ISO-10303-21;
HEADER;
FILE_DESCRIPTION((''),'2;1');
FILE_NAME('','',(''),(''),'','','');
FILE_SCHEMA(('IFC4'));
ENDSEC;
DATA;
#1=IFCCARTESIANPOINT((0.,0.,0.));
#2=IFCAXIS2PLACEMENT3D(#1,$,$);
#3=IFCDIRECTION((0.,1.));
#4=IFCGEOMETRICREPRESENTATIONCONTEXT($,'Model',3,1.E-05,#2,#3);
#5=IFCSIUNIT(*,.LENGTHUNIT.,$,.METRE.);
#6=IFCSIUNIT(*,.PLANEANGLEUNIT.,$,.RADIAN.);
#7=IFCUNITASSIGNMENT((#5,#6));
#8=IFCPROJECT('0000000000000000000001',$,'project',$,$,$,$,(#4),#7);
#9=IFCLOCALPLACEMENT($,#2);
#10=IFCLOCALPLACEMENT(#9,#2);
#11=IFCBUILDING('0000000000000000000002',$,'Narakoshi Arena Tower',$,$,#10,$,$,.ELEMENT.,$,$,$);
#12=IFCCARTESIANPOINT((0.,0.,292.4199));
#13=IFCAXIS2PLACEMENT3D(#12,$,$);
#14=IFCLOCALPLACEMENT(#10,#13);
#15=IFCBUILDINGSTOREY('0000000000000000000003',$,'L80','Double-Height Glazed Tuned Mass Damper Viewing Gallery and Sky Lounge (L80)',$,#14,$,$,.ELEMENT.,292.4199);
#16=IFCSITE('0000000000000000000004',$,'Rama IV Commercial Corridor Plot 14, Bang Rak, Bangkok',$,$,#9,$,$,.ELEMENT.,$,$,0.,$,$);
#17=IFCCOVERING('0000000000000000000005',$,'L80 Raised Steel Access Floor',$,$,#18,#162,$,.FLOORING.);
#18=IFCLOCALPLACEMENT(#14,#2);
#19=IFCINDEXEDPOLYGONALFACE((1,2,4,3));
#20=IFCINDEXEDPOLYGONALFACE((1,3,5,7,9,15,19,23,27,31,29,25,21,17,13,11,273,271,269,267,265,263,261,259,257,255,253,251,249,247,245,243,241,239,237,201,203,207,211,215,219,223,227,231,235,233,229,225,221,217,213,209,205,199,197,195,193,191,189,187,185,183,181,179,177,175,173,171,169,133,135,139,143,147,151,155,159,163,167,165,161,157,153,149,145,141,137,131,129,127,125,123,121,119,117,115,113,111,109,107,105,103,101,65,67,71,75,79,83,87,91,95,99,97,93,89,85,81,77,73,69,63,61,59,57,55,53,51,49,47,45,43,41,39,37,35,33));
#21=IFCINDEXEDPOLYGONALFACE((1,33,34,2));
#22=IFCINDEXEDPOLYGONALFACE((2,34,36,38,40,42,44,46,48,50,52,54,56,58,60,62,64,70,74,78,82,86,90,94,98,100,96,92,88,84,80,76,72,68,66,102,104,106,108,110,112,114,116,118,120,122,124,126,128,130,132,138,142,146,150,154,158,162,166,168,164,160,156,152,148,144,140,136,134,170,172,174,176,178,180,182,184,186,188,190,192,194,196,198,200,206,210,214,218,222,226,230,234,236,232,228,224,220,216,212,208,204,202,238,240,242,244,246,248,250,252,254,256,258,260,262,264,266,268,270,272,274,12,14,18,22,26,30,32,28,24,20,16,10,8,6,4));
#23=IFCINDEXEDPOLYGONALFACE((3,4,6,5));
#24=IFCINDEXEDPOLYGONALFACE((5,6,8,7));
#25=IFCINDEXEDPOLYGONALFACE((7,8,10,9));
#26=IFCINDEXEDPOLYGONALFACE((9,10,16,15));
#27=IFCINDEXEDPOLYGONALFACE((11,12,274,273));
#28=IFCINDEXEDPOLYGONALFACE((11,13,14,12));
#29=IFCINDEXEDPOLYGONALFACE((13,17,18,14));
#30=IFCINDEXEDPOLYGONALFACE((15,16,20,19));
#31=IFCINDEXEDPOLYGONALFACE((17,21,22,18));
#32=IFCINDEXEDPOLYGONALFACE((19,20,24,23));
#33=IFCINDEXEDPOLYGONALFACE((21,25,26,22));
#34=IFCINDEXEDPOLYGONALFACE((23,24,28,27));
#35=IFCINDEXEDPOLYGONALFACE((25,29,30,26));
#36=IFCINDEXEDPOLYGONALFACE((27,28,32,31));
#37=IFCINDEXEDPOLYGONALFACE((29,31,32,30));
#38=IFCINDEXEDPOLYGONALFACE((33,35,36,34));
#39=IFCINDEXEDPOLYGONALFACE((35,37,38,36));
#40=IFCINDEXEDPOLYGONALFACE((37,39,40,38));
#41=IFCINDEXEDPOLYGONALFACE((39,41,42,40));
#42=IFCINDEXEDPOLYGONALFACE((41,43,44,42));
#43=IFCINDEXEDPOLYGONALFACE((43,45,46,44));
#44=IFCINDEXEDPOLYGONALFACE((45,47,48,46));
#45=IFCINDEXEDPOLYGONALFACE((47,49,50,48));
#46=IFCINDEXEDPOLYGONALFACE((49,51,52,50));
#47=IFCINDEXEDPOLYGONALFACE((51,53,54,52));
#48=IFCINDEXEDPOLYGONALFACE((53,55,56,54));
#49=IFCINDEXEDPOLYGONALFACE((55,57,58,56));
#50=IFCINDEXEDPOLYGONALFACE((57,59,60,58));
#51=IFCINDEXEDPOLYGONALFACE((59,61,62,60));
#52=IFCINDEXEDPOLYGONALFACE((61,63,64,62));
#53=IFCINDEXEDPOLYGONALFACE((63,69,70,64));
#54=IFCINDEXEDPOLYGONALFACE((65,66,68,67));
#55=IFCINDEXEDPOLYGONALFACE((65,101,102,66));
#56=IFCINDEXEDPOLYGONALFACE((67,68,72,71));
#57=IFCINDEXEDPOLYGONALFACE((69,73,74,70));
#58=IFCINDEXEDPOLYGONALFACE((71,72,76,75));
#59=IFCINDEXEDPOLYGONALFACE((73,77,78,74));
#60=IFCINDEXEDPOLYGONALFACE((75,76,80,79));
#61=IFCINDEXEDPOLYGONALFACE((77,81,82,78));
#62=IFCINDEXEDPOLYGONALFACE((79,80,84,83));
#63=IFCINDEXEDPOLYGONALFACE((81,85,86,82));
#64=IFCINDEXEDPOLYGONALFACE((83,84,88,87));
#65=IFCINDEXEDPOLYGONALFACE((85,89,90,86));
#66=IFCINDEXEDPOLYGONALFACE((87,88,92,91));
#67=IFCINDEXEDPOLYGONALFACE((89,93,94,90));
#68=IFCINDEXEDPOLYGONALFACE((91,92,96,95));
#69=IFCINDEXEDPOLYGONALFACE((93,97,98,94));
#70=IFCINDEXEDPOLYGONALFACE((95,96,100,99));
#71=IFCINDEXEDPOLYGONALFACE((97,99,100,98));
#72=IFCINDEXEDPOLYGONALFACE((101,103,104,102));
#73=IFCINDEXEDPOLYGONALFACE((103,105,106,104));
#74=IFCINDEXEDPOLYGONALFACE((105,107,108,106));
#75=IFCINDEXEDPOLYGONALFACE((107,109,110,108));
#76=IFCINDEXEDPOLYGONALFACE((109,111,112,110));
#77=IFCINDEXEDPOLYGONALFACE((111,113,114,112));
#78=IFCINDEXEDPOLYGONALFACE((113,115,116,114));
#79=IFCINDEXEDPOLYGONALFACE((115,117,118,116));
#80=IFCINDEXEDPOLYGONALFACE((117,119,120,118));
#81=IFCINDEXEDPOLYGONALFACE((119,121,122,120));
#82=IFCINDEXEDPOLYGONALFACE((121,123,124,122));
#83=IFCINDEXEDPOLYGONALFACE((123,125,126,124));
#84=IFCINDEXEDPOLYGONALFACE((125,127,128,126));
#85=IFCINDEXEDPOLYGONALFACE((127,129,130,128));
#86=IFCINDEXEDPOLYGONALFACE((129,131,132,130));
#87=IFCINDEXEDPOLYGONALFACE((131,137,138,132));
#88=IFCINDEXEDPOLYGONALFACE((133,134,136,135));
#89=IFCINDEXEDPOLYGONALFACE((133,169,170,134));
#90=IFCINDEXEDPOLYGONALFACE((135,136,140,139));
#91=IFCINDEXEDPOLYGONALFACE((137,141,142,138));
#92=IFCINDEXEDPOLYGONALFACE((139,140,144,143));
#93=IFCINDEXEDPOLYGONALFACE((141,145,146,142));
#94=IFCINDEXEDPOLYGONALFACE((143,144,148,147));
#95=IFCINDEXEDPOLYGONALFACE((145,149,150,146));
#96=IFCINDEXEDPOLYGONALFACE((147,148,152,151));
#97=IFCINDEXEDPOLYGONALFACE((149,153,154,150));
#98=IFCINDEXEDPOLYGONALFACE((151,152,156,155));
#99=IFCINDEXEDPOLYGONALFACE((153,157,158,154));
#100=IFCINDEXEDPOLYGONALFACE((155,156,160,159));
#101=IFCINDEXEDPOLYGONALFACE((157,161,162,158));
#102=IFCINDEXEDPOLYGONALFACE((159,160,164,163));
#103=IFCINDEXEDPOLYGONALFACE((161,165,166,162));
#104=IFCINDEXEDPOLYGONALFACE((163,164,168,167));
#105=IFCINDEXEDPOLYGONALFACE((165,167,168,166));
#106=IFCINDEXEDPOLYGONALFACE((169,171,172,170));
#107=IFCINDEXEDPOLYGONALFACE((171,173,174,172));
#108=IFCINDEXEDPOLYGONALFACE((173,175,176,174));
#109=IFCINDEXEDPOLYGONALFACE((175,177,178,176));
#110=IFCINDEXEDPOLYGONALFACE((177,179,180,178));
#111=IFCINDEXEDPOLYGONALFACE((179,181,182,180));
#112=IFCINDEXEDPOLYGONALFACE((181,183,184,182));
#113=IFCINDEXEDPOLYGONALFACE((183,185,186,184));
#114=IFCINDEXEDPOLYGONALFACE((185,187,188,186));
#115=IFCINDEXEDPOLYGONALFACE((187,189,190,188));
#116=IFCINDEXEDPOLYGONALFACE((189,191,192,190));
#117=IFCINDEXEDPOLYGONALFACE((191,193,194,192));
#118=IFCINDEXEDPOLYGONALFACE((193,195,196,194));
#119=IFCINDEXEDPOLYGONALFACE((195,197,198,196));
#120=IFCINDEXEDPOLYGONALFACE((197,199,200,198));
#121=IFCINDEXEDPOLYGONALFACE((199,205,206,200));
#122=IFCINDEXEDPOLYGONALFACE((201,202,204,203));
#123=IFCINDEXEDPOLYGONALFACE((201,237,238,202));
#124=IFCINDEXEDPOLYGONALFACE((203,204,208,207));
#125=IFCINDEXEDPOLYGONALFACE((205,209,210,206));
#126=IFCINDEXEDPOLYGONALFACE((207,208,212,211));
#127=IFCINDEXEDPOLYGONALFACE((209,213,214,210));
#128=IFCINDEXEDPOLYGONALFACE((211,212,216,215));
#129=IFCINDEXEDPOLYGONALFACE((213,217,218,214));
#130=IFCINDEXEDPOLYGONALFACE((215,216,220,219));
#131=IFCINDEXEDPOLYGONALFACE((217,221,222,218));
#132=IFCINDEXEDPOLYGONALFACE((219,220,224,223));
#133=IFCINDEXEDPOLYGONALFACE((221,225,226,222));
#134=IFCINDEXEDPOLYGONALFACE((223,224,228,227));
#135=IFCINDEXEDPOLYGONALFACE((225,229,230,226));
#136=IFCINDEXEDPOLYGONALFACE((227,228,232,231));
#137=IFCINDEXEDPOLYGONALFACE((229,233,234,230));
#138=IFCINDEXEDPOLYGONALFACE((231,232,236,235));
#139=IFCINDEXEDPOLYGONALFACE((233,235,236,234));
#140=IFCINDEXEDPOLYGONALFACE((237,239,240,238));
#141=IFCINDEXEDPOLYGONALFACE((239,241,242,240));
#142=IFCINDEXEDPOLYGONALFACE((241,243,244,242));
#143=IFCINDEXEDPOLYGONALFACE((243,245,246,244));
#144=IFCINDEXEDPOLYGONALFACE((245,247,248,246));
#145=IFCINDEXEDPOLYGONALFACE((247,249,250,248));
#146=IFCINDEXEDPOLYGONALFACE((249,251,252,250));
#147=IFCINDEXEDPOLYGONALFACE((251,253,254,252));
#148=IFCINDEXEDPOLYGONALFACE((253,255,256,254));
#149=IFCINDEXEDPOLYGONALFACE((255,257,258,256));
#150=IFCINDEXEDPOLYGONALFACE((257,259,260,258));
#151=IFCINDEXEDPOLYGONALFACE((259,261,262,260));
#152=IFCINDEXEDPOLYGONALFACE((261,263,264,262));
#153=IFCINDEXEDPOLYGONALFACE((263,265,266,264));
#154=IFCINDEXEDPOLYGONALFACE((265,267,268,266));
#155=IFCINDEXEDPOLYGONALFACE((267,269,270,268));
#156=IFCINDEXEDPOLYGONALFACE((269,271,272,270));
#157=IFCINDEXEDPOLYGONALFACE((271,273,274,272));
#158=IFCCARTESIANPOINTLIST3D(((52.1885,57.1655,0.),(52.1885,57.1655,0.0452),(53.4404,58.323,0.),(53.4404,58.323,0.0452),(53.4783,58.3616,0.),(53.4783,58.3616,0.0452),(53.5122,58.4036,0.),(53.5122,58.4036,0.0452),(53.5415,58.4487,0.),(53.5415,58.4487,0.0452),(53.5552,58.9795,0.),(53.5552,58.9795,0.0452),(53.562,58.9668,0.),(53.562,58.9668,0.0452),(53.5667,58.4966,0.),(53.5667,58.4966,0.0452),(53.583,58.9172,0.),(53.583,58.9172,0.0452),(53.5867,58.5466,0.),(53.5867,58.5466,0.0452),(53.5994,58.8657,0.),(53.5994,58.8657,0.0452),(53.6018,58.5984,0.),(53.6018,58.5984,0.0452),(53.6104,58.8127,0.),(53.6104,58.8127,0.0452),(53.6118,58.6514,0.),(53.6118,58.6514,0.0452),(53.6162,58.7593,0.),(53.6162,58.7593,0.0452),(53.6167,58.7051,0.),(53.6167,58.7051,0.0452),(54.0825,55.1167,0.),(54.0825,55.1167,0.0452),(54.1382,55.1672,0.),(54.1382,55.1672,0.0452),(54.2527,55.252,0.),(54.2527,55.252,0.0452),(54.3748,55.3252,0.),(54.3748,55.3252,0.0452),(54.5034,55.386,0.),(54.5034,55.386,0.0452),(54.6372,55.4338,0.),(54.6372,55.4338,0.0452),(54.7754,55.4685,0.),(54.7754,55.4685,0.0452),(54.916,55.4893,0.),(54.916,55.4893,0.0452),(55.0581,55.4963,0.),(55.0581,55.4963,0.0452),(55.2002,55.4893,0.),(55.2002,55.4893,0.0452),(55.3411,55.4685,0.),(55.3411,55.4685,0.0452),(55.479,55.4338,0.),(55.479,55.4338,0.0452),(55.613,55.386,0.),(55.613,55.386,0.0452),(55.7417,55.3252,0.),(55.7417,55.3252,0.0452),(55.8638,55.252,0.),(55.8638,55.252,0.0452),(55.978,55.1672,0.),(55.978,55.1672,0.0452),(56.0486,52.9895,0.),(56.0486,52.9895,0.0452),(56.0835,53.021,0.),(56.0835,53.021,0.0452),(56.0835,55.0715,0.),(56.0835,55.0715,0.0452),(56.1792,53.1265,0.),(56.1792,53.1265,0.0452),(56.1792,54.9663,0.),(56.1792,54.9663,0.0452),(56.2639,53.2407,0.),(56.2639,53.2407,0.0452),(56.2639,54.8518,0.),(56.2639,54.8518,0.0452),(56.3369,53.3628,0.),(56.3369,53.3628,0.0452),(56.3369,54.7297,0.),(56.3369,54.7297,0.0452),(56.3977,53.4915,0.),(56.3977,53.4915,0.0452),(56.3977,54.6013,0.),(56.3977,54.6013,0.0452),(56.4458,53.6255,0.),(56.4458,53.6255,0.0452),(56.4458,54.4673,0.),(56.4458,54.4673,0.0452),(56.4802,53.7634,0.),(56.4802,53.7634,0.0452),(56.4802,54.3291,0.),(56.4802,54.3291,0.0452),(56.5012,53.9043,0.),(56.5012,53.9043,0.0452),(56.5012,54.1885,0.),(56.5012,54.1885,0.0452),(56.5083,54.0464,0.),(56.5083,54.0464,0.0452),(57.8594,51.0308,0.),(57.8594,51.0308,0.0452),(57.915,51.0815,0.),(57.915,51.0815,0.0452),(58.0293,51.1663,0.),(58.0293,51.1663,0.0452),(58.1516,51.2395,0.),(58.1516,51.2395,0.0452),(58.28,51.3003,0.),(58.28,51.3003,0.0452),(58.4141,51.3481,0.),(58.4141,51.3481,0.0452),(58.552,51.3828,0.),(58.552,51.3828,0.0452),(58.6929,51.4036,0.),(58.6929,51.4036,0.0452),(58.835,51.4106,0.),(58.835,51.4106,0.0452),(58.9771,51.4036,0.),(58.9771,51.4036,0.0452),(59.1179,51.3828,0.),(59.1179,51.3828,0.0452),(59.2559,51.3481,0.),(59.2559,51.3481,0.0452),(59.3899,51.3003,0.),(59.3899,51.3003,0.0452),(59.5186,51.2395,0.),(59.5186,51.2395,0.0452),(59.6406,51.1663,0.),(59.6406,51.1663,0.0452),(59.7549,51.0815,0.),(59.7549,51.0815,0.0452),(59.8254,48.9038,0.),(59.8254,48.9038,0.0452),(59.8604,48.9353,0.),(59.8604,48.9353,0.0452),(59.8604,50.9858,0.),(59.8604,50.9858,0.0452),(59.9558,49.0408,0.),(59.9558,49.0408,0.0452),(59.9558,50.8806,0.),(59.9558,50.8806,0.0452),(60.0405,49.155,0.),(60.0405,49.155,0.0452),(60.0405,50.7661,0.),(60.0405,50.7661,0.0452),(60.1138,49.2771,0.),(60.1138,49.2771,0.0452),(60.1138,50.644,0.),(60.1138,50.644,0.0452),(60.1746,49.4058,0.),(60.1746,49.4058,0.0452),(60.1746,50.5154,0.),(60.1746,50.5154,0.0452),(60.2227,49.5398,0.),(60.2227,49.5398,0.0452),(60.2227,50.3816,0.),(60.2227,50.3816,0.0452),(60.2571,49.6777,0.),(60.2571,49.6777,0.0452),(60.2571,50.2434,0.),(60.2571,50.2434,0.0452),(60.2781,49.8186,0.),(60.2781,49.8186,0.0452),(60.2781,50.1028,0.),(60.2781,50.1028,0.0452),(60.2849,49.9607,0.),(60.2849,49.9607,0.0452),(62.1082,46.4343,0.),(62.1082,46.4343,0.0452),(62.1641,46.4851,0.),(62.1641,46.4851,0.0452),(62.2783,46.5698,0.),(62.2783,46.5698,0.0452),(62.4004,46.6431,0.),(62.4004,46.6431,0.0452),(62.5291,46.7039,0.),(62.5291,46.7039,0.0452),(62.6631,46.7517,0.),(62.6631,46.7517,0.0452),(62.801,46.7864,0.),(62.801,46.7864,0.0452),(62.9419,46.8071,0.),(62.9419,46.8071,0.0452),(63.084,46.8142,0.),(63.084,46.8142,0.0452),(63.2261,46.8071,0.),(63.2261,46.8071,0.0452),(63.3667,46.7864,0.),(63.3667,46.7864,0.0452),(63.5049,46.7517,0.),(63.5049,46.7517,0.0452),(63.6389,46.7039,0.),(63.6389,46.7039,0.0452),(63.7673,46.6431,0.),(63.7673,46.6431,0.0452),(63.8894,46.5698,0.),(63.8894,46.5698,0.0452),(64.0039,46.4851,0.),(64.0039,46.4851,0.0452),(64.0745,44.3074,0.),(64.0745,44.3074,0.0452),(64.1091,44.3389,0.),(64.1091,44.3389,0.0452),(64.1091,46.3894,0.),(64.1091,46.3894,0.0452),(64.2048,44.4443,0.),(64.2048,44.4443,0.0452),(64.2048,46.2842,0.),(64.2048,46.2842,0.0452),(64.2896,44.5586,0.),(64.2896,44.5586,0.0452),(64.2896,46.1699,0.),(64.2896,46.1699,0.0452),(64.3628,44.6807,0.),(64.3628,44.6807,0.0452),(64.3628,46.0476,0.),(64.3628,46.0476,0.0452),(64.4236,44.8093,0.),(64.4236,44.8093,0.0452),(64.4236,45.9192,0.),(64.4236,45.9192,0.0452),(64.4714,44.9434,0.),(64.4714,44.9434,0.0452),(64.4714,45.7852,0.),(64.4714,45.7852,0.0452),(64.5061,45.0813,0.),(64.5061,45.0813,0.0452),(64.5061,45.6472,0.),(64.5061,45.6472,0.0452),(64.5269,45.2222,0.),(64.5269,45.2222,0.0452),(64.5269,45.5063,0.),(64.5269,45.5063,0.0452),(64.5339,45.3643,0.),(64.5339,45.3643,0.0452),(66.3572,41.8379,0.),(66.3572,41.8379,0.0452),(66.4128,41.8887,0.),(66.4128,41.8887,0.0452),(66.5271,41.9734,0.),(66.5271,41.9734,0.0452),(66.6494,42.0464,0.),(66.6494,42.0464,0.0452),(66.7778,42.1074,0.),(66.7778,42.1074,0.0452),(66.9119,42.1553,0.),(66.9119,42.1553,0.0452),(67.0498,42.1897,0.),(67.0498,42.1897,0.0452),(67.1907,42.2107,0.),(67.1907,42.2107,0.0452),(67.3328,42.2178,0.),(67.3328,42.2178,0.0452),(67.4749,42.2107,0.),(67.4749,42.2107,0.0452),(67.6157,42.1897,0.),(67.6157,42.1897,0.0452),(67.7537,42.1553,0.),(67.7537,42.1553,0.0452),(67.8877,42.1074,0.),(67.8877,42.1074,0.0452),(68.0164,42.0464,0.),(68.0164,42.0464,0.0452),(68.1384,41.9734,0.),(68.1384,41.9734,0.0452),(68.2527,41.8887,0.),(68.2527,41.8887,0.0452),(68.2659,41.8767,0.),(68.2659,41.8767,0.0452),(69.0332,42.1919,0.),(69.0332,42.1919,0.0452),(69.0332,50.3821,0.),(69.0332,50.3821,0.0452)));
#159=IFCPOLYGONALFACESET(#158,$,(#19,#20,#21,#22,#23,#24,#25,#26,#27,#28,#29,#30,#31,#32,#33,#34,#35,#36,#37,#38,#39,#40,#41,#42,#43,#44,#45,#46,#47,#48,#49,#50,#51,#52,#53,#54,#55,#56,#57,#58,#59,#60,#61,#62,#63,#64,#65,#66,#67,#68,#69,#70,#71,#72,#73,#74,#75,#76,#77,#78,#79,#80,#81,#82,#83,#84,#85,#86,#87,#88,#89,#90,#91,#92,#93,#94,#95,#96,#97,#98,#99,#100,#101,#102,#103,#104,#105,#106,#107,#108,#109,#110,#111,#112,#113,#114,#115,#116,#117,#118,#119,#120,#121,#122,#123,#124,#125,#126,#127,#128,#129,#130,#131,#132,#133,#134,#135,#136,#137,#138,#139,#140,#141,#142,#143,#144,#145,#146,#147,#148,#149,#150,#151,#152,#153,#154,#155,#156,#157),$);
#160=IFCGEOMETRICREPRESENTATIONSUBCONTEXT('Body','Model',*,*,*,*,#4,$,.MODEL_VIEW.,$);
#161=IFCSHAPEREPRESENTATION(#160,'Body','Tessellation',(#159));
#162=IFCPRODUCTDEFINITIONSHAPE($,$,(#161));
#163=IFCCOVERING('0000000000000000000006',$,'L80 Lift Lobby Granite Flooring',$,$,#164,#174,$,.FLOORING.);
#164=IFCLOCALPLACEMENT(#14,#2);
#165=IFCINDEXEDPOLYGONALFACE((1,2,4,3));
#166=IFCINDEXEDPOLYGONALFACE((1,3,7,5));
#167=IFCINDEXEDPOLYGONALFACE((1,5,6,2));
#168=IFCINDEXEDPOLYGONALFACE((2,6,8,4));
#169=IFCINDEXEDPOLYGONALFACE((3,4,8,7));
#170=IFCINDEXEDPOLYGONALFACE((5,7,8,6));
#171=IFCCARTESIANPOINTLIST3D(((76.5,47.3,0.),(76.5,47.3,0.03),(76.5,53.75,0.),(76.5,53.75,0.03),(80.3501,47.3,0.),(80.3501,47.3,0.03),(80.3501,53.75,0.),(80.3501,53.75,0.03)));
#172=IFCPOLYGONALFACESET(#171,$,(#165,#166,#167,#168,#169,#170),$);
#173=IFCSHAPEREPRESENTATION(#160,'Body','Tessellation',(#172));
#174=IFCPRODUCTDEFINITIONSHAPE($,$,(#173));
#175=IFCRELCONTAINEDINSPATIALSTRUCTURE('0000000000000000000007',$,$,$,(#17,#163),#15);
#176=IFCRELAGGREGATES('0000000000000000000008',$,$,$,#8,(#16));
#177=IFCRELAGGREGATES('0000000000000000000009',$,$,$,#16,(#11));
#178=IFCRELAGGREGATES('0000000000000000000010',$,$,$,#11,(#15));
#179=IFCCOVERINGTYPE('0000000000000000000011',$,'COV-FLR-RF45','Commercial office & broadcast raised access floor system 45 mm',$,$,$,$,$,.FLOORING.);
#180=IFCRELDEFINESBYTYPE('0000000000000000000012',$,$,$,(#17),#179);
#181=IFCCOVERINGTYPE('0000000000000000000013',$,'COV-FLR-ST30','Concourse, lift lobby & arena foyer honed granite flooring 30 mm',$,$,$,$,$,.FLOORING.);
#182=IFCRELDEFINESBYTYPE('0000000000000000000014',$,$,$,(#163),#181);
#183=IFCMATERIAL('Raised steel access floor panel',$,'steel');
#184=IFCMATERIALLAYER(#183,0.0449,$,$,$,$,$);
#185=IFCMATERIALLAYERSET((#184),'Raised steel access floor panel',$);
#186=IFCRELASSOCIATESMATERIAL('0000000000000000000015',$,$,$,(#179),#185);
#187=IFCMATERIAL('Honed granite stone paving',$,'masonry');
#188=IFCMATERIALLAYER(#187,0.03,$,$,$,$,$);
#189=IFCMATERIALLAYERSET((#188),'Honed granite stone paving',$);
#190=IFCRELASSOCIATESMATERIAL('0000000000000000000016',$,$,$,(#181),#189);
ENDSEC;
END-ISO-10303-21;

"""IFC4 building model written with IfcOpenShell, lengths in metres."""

from ifc_helpers import new_model, si_unit, direction, frame, origin, place, context, subcontext, project, spatial, polyline, outline, extrude, material, layer, layer_set, type_object, element, save


model = new_model("IFC4")

# Units and contexts
model_context = context("Model", 3, precision=1e-05, world=origin(), true_north=direction((0.0, 1.0)))
body_context = subcontext(model_context, "Body", "Model", "MODEL_VIEW")
ifc_project = project(units=[si_unit("LENGTHUNIT", "METRE"), si_unit("PLANEANGLEUNIT", "RADIAN")], contexts=[model_context])

# Site, building, storey
site_placement = place(None, origin())
site = spatial("IfcSite", under=ifc_project, at=site_placement, Name="Rama IV Commercial Corridor Plot 14, Bang Rak, Bangkok", CompositionType="ELEMENT", RefElevation=0.0)
building_placement = place(site_placement, origin())
building = spatial("IfcBuilding", under=site, at=building_placement, Name="Narakoshi Arena Tower", CompositionType="ELEMENT")
storey_placement = place(building_placement, frame((0.0, 0.0, 292.4199)))
storey = spatial("IfcBuildingStorey", under=building, at=storey_placement, Name="L80", Description="Double-Height Glazed Tuned Mass Damper Viewing Gallery and Sky Lounge (L80)", CompositionType="ELEMENT", Elevation=292.4199)

# Coverings
ifc_material_1 = material(Name="Raised steel access floor panel", Category="steel")
ifc_layer_1 = layer(ifc_material_1, 0.0449)
ifc_layer_set_1 = layer_set([ifc_layer_1], Name="Raised steel access floor panel")
covering_type_1 = type_object("IfcCoveringType", Name="COV-FLR-RF45", Description="Commercial office & broadcast raised access floor system 45 mm", PredefinedType="FLOORING", material=ifc_layer_set_1)
covering_1_placement = place(storey_placement, origin())
element("IfcCovering", 1, at=covering_1_placement, inside=storey, type_object=covering_type_1, Name="L80 Raised Steel Access Floor", PredefinedType="FLOORING", context=body_context, shape_type="SweptSolid", body=[
    extrude(outline(polyline([(69.0332, 50.3821), (69.0332, 42.1919), (68.2659, 41.8767), (68.2527, 41.8887), (68.1384, 41.9734), (68.0164, 42.0464), (67.8877, 42.1074), (67.7537, 42.1553), (67.6157, 42.1897), (67.4749, 42.2107), (67.3328, 42.2178), (67.1907, 42.2107), (67.0498, 42.1897), (66.9119, 42.1553), (66.7778, 42.1074), (66.6494, 42.0464), (66.5271, 41.9734), (66.4128, 41.8887), (66.3572, 41.8379), (64.0745, 44.3074), (64.1091, 44.3389), (64.2048, 44.4443), (64.2896, 44.5586), (64.3628, 44.6807), (64.4236, 44.8093), (64.4714, 44.9434), (64.5061, 45.0813), (64.5269, 45.2222), (64.5339, 45.3643), (64.5269, 45.5063), (64.5061, 45.6472), (64.4714, 45.7852), (64.4236, 45.9192), (64.3628, 46.0476), (64.2896, 46.1699), (64.2048, 46.2842), (64.1091, 46.3894), (64.0039, 46.4851), (63.8894, 46.5698), (63.7673, 46.6431), (63.6389, 46.7039), (63.5049, 46.7517), (63.3667, 46.7864), (63.2261, 46.8071), (63.084, 46.8142), (62.9419, 46.8071), (62.801, 46.7864), (62.6631, 46.7517), (62.5291, 46.7039), (62.4004, 46.6431), (62.2783, 46.5698), (62.1641, 46.4851), (62.1082, 46.4343), (59.8254, 48.9038), (59.8604, 48.9353), (59.9558, 49.0408), (60.0405, 49.155), (60.1138, 49.2771), (60.1746, 49.4058), (60.2227, 49.5398), (60.2571, 49.6777), (60.2781, 49.8186), (60.2849, 49.9607), (60.2781, 50.1028), (60.2571, 50.2434), (60.2227, 50.3816), (60.1746, 50.5154), (60.1138, 50.644), (60.0405, 50.7661), (59.9558, 50.8806), (59.8604, 50.9858), (59.7549, 51.0815), (59.6406, 51.1663), (59.5186, 51.2395), (59.3899, 51.3003), (59.2559, 51.3481), (59.1179, 51.3828), (58.9771, 51.4036), (58.835, 51.4106), (58.6929, 51.4036), (58.552, 51.3828), (58.4141, 51.3481), (58.28, 51.3003), (58.1516, 51.2395), (58.0293, 51.1663), (57.915, 51.0815), (57.8594, 51.0308), (56.0486, 52.9895), (56.0835, 53.021), (56.1792, 53.1265), (56.2639, 53.2407), (56.3369, 53.3628), (56.3977, 53.4915), (56.4458, 53.6255), (56.4802, 53.7634), (56.5012, 53.9043), (56.5083, 54.0464), (56.5012, 54.1885), (56.4802, 54.3291), (56.4458, 54.4673), (56.3977, 54.6013), (56.3369, 54.7297), (56.2639, 54.8518), (56.1792, 54.9663), (56.0835, 55.0715), (55.978, 55.1672), (55.8638, 55.252), (55.7417, 55.3252), (55.613, 55.386), (55.479, 55.4338), (55.3411, 55.4685), (55.2002, 55.4893), (55.0581, 55.4963), (54.916, 55.4893), (54.7754, 55.4685), (54.6372, 55.4338), (54.5034, 55.386), (54.3748, 55.3252), (54.2527, 55.252), (54.1382, 55.1672), (54.0825, 55.1167), (52.1885, 57.1655), (53.4404, 58.323), (53.4783, 58.3616), (53.5122, 58.4036), (53.5415, 58.4487), (53.5667, 58.4966), (53.5867, 58.5466), (53.6018, 58.5984), (53.6118, 58.6514), (53.6167, 58.7051), (53.6162, 58.7593), (53.6104, 58.8127), (53.5994, 58.8657), (53.583, 58.9172), (53.562, 58.9668), (53.5552, 58.9795), (69.0332, 50.3821)])), origin(), (0.0, 0.0, 1.0), 0.0452),
])
ifc_material_2 = material(Name="Honed granite stone paving", Category="masonry")
ifc_layer_2 = layer(ifc_material_2, 0.03)
ifc_layer_set_2 = layer_set([ifc_layer_2], Name="Honed granite stone paving")
covering_type_2 = type_object("IfcCoveringType", Name="COV-FLR-ST30", Description="Concourse, lift lobby & arena foyer honed granite flooring 30 mm", PredefinedType="FLOORING", material=ifc_layer_set_2)
covering_2_placement = place(storey_placement, origin())
element("IfcCovering", 2, at=covering_2_placement, inside=storey, type_object=covering_type_2, Name="L80 Lift Lobby Granite Flooring", PredefinedType="FLOORING", context=body_context, shape_type="SweptSolid", body=[
    extrude(outline(polyline([(76.5, 47.3), (80.3501, 47.3), (80.3501, 53.75), (76.5, 53.75), (76.5, 47.3)])), origin(), (0.0, 0.0, 1.0), 0.03),
])

save(model, "model.ifc")
